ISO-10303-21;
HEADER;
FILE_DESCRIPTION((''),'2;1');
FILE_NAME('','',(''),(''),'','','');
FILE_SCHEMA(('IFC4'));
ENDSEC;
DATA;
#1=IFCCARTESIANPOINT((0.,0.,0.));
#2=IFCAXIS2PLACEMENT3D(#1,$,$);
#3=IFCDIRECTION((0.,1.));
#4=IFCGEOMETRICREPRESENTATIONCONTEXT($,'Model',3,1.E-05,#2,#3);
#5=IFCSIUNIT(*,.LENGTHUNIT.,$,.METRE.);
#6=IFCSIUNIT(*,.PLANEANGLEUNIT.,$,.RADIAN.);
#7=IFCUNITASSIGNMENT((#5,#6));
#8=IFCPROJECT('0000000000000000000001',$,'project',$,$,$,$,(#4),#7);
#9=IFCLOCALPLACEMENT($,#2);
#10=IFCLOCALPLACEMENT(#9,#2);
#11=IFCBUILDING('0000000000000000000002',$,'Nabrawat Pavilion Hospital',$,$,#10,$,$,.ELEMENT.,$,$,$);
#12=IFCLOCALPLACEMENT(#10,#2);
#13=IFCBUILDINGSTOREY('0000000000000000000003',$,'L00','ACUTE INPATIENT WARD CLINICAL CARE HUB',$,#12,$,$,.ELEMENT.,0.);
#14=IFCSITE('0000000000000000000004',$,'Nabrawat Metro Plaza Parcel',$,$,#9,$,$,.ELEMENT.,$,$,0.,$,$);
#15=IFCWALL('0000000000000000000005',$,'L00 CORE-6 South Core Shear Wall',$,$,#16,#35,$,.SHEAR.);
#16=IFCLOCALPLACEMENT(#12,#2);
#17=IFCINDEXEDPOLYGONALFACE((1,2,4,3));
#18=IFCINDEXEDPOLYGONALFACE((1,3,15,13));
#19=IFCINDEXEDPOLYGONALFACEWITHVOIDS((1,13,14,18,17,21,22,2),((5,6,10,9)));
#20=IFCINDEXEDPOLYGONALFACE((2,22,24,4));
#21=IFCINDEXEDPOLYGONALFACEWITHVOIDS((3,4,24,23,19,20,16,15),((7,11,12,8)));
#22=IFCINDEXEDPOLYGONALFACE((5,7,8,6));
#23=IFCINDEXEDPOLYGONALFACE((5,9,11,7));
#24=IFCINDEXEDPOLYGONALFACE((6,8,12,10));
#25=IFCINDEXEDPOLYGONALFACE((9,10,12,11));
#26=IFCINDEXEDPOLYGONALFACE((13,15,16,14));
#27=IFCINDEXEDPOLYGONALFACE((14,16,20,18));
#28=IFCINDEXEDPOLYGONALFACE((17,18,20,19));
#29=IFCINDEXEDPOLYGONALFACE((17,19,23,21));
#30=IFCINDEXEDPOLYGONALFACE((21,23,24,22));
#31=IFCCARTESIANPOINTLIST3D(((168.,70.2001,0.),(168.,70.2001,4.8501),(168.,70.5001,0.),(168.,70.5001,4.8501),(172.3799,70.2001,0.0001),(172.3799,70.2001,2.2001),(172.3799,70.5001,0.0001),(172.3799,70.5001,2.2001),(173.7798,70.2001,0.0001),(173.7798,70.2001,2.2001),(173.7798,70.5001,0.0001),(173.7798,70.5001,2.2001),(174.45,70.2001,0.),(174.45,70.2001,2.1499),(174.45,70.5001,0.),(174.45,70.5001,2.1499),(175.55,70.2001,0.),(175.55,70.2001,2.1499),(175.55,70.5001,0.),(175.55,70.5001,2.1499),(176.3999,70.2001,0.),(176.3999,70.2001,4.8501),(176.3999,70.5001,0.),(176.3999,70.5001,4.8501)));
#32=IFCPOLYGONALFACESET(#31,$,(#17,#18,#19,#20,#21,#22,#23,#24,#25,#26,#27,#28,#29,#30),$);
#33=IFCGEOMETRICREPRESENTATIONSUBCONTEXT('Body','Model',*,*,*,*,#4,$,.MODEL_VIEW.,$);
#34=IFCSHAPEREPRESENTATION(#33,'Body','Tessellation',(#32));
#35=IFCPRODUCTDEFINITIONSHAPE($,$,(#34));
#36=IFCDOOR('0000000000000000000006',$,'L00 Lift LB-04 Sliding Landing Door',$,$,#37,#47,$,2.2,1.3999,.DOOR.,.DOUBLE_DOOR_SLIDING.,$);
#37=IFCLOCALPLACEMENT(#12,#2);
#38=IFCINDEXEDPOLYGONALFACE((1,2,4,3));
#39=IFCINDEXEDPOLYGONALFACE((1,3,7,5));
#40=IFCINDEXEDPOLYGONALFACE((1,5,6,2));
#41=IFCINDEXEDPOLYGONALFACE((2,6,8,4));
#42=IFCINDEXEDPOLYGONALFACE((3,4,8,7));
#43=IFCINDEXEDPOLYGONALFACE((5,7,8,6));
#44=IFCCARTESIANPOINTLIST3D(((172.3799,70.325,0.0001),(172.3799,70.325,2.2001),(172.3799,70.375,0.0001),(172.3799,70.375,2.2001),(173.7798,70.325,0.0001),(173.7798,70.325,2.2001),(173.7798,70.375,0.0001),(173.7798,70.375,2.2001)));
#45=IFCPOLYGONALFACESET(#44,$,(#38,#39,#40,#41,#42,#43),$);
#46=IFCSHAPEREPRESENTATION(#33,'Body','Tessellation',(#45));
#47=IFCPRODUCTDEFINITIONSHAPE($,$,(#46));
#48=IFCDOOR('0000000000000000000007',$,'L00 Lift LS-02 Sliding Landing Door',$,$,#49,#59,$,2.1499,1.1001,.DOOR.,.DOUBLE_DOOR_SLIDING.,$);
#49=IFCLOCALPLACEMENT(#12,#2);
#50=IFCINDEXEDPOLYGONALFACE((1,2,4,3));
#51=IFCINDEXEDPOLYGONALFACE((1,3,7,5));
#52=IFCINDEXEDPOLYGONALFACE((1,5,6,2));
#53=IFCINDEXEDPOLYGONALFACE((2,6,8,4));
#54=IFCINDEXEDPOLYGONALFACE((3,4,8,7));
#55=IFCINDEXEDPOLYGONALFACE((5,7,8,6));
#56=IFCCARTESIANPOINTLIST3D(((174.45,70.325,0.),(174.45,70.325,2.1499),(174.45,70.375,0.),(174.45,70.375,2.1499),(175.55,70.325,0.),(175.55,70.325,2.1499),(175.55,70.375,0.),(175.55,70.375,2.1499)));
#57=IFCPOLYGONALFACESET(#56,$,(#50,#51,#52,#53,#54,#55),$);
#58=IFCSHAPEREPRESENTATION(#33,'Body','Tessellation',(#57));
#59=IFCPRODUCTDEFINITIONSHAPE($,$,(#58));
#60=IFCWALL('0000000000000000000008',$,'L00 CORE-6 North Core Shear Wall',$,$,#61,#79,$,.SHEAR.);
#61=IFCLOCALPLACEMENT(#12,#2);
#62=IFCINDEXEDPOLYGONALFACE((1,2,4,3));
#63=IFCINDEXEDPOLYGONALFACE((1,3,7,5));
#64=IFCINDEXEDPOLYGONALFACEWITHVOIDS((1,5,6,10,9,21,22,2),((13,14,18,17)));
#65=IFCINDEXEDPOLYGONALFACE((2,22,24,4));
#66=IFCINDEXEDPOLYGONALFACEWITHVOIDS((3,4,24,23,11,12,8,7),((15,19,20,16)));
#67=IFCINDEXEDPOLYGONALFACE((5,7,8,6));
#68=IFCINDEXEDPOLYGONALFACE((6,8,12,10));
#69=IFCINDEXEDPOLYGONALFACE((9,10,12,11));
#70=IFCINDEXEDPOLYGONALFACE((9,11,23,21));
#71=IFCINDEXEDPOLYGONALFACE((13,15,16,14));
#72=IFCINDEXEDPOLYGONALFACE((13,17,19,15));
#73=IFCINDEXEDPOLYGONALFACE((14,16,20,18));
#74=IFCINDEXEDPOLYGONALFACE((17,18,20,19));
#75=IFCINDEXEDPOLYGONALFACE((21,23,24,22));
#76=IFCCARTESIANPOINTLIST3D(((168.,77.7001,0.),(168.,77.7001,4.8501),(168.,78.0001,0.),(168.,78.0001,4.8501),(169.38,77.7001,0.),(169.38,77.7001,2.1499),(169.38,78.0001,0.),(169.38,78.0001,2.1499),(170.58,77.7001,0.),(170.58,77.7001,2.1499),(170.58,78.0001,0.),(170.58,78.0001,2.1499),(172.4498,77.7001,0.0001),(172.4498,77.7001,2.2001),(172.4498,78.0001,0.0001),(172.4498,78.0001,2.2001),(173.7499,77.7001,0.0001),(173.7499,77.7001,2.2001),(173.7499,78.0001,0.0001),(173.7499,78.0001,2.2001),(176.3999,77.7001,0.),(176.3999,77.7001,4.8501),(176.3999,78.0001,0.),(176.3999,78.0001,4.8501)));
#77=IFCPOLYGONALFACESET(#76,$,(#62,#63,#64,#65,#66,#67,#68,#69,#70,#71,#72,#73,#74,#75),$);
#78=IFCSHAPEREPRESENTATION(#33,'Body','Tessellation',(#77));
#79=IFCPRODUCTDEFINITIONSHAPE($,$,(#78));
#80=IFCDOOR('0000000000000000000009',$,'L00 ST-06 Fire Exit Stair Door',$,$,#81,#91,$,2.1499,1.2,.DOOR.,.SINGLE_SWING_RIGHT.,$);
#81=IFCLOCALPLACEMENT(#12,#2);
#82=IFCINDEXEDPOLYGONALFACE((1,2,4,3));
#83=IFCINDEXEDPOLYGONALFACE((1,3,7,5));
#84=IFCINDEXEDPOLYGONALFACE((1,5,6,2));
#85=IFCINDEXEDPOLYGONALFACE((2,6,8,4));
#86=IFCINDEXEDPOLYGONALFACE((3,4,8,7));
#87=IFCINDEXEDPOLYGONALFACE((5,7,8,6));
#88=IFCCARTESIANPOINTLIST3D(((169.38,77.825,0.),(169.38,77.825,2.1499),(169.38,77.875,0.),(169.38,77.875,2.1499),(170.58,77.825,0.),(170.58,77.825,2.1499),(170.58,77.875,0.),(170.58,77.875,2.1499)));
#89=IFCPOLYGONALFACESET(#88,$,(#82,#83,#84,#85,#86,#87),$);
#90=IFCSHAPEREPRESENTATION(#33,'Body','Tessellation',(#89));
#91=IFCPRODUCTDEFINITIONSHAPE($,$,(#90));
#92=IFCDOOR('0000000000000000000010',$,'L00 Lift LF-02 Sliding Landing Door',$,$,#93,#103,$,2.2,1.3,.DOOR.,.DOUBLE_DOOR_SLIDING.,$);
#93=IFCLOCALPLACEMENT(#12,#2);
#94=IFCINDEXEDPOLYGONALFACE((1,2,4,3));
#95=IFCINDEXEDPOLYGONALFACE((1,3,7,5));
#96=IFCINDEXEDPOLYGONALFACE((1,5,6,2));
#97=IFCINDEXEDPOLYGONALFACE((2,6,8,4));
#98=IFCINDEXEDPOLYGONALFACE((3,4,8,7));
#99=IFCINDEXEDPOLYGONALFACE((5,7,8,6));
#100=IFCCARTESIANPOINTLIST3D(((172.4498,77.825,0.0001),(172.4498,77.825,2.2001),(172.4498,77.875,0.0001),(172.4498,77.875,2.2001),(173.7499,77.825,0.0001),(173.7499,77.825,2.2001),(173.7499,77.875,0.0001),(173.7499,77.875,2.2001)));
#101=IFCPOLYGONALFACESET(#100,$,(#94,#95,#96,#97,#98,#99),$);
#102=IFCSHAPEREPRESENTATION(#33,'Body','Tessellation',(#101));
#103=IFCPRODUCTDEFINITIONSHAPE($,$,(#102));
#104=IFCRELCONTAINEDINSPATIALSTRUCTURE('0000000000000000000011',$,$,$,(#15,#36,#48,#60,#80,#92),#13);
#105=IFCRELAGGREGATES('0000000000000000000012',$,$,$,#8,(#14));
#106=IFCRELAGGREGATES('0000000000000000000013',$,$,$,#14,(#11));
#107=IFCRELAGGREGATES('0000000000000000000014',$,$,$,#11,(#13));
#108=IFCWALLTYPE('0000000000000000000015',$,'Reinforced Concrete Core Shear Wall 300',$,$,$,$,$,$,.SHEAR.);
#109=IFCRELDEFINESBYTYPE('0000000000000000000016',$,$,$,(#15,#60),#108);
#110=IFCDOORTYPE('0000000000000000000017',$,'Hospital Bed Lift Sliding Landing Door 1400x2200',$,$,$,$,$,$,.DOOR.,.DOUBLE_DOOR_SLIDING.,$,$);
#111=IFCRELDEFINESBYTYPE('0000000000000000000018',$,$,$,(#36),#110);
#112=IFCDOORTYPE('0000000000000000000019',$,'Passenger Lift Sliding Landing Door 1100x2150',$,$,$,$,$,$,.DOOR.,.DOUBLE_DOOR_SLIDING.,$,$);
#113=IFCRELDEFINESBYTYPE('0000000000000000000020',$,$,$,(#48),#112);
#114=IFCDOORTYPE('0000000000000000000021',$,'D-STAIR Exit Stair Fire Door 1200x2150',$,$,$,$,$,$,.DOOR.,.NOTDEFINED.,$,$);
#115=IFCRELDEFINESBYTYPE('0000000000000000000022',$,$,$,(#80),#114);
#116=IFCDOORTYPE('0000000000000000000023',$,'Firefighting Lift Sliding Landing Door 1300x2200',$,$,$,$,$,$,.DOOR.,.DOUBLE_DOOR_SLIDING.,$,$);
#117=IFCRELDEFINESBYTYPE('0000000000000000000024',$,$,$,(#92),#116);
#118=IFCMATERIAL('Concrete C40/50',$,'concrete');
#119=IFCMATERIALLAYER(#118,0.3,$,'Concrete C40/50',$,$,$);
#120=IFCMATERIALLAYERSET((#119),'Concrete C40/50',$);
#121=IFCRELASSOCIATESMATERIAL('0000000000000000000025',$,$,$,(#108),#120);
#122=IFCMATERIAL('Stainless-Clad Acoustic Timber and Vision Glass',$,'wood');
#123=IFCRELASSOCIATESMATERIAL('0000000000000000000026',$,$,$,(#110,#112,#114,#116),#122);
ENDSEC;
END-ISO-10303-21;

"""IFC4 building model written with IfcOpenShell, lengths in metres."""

from ifc_helpers import new_model, si_unit, direction, frame, frame_2d, origin, place, context, subcontext, project, spatial, rectangle, extrude, material, layer, layer_set, type_object, element, fill, save


model = new_model("IFC4")

# Units and contexts
model_context = context("Model", 3, precision=1e-05, world=origin(), true_north=direction((0.0, 1.0)))
body_context = subcontext(model_context, "Body", "Model", "MODEL_VIEW")
ifc_project = project(units=[si_unit("LENGTHUNIT", "METRE"), si_unit("PLANEANGLEUNIT", "RADIAN")], contexts=[model_context])

# Site, building, storey
site_placement = place(None, origin())
site = spatial("IfcSite", under=ifc_project, at=site_placement, Name="Nabrawat Metro Plaza Parcel", CompositionType="ELEMENT", RefElevation=0.0)
building_placement = place(site_placement, origin())
building = spatial("IfcBuilding", under=site, at=building_placement, Name="Nabrawat Pavilion Hospital", CompositionType="ELEMENT")
storey_placement = place(building_placement, origin())
storey = spatial("IfcBuildingStorey", under=building, at=storey_placement, Name="L00", Description="ACUTE INPATIENT WARD CLINICAL CARE HUB", CompositionType="ELEMENT", Elevation=0.0)

# Shared definitions
ifc_material_1 = material(Name="Concrete C40/50", Category="concrete")

# Shared definitions
ifc_material_2 = material(Name="Stainless-Clad Acoustic Timber and Vision Glass", Category="wood")

# Walls, openings, doors
ifc_layer_1 = layer(ifc_material_1, 0.3, Name="Concrete C40/50")
ifc_layer_set_1 = layer_set([ifc_layer_1], Name="Concrete C40/50")
wall_type_1 = type_object("IfcWallType", Name="Reinforced Concrete Core Shear Wall 300", PredefinedType="SHEAR", material=ifc_layer_set_1)
wall_1_placement = place(storey_placement, frame((168.0, 70.3501, 0.0), z_axis=(0.0, 0.0, 1.0), x_axis=(1.0, 0.0, 0.0)))
wall_1 = element("IfcWall", 1, at=wall_1_placement, inside=storey, type_object=wall_type_1, Name="L00 CORE-6 South Core Shear Wall", PredefinedType="SHEAR", context=body_context, shape_type="SweptSolid", body=[
    extrude(rectangle(XDim=8.3999, YDim=0.3, at=frame_2d((4.2, 0.0))), origin(), (0.0, 0.0, 1.0), 4.8501),
])
opening_1_placement = place(wall_1_placement, frame((4.3799, 0.0, 0.0)))
opening_1 = element("IfcOpeningElement", 2, at=opening_1_placement, cuts=wall_1, PredefinedType="OPENING", context=body_context, shape_type="SweptSolid", body=[
    extrude(rectangle(XDim=1.3999, YDim=2.2, at=frame_2d((0.7, 1.1001))), frame((0.0, 0.1602, 0.0), z_axis=(0.0, -1.0, 0.0), x_axis=(1.0, 0.0, 0.0)), (0.0, 0.0, 1.0), 0.3201),
])
opening_2_placement = place(wall_1_placement, frame((6.45, 0.0, 0.0)))
opening_2 = element("IfcOpeningElement", 3, at=opening_2_placement, cuts=wall_1, PredefinedType="OPENING", context=body_context, shape_type="SweptSolid", body=[
    extrude(rectangle(XDim=1.1001, YDim=2.1499, at=frame_2d((0.55, 1.075))), frame((0.0, 0.1602, 0.0), z_axis=(0.0, -1.0, 0.0), x_axis=(1.0, 0.0, 0.0)), (0.0, 0.0, 1.0), 0.3201),
])
door_type_1 = type_object("IfcDoorType", Name="Hospital Bed Lift Sliding Landing Door 1400x2200", OperationType="DOUBLE_DOOR_SLIDING", PredefinedType="DOOR", material=ifc_material_2)
door_1_placement = place(opening_1_placement, origin())
door_1 = element("IfcDoor", 4, at=door_1_placement, inside=storey, type_object=door_type_1, Name="L00 Lift LB-04 Sliding Landing Door", OperationType="DOUBLE_DOOR_SLIDING", OverallHeight=2.2, OverallWidth=1.3999, PredefinedType="DOOR", context=body_context, shape_type="SweptSolid", body=[
    extrude(rectangle(XDim=1.3999, YDim=2.2, at=frame_2d((0.7, 1.1001))), frame((0.0, 0.0249, 0.0), z_axis=(0.0, -1.0, 0.0), x_axis=(1.0, 0.0, 0.0)), (0.0, 0.0, 1.0), 0.05),
])
fill(opening_1, door_1)
door_type_2 = type_object("IfcDoorType", Name="Passenger Lift Sliding Landing Door 1100x2150", OperationType="DOUBLE_DOOR_SLIDING", PredefinedType="DOOR", material=ifc_material_2)
door_2_placement = place(opening_2_placement, origin())
door_2 = element("IfcDoor", 5, at=door_2_placement, inside=storey, type_object=door_type_2, Name="L00 Lift LS-02 Sliding Landing Door", OperationType="DOUBLE_DOOR_SLIDING", OverallHeight=2.1499, OverallWidth=1.1001, PredefinedType="DOOR", context=body_context, shape_type="SweptSolid", body=[
    extrude(rectangle(XDim=1.1001, YDim=2.1499, at=frame_2d((0.55, 1.075))), frame((0.0, 0.0249, 0.0), z_axis=(0.0, -1.0, 0.0), x_axis=(1.0, 0.0, 0.0)), (0.0, 0.0, 1.0), 0.05),
])
fill(opening_2, door_2)
wall_2_placement = place(storey_placement, frame((168.0, 77.8501, 0.0), z_axis=(0.0, 0.0, 1.0), x_axis=(1.0, 0.0, 0.0)))
wall_2 = element("IfcWall", 6, at=wall_2_placement, inside=storey, type_object=wall_type_1, Name="L00 CORE-6 North Core Shear Wall", PredefinedType="SHEAR", context=body_context, shape_type="SweptSolid", body=[
    extrude(rectangle(XDim=8.3999, YDim=0.3, at=frame_2d((4.2, 0.0))), origin(), (0.0, 0.0, 1.0), 4.8501),
])
opening_3_placement = place(wall_2_placement, frame((1.3799, 0.0, 0.0)))
opening_3 = element("IfcOpeningElement", 7, at=opening_3_placement, cuts=wall_2, PredefinedType="OPENING", context=body_context, shape_type="SweptSolid", body=[
    extrude(rectangle(XDim=1.2, YDim=2.1499, at=frame_2d((0.6001, 1.075))), frame((0.0, 0.1602, 0.0), z_axis=(0.0, -1.0, 0.0), x_axis=(1.0, 0.0, 0.0)), (0.0, 0.0, 1.0), 0.3201),
])
opening_4_placement = place(wall_2_placement, frame((4.45, 0.0, 0.0)))
opening_4 = element("IfcOpeningElement", 8, at=opening_4_placement, cuts=wall_2, PredefinedType="OPENING", context=body_context, shape_type="SweptSolid", body=[
    extrude(rectangle(XDim=1.3, YDim=2.2, at=frame_2d((0.6499, 1.1001))), frame((0.0, 0.1602, 0.0), z_axis=(0.0, -1.0, 0.0), x_axis=(1.0, 0.0, 0.0)), (0.0, 0.0, 1.0), 0.3201),
])
door_type_3 = type_object("IfcDoorType", Name="D-STAIR Exit Stair Fire Door 1200x2150", OperationType="NOTDEFINED", PredefinedType="DOOR", material=ifc_material_2)
door_3_placement = place(opening_3_placement, origin())
door_3 = element("IfcDoor", 9, at=door_3_placement, inside=storey, type_object=door_type_3, Name="L00 ST-06 Fire Exit Stair Door", OperationType="SINGLE_SWING_RIGHT", OverallHeight=2.1499, OverallWidth=1.2, PredefinedType="DOOR", context=body_context, shape_type="SweptSolid", body=[
    extrude(rectangle(XDim=1.2, YDim=2.1499, at=frame_2d((0.6001, 1.075))), frame((0.0, 0.0249, 0.0), z_axis=(0.0, -1.0, 0.0), x_axis=(1.0, 0.0, 0.0)), (0.0, 0.0, 1.0), 0.05),
])
fill(opening_3, door_3)
door_type_4 = type_object("IfcDoorType", Name="Firefighting Lift Sliding Landing Door 1300x2200", OperationType="DOUBLE_DOOR_SLIDING", PredefinedType="DOOR", material=ifc_material_2)
door_4_placement = place(opening_4_placement, origin())
door_4 = element("IfcDoor", 10, at=door_4_placement, inside=storey, type_object=door_type_4, Name="L00 Lift LF-02 Sliding Landing Door", OperationType="DOUBLE_DOOR_SLIDING", OverallHeight=2.2, OverallWidth=1.3, PredefinedType="DOOR", context=body_context, shape_type="SweptSolid", body=[
    extrude(rectangle(XDim=1.3, YDim=2.2, at=frame_2d((0.6499, 1.1001))), frame((0.0, 0.0249, 0.0), z_axis=(0.0, -1.0, 0.0), x_axis=(1.0, 0.0, 0.0)), (0.0, 0.0, 1.0), 0.05),
])
fill(opening_4, door_4)

save(model, "model.ifc")
